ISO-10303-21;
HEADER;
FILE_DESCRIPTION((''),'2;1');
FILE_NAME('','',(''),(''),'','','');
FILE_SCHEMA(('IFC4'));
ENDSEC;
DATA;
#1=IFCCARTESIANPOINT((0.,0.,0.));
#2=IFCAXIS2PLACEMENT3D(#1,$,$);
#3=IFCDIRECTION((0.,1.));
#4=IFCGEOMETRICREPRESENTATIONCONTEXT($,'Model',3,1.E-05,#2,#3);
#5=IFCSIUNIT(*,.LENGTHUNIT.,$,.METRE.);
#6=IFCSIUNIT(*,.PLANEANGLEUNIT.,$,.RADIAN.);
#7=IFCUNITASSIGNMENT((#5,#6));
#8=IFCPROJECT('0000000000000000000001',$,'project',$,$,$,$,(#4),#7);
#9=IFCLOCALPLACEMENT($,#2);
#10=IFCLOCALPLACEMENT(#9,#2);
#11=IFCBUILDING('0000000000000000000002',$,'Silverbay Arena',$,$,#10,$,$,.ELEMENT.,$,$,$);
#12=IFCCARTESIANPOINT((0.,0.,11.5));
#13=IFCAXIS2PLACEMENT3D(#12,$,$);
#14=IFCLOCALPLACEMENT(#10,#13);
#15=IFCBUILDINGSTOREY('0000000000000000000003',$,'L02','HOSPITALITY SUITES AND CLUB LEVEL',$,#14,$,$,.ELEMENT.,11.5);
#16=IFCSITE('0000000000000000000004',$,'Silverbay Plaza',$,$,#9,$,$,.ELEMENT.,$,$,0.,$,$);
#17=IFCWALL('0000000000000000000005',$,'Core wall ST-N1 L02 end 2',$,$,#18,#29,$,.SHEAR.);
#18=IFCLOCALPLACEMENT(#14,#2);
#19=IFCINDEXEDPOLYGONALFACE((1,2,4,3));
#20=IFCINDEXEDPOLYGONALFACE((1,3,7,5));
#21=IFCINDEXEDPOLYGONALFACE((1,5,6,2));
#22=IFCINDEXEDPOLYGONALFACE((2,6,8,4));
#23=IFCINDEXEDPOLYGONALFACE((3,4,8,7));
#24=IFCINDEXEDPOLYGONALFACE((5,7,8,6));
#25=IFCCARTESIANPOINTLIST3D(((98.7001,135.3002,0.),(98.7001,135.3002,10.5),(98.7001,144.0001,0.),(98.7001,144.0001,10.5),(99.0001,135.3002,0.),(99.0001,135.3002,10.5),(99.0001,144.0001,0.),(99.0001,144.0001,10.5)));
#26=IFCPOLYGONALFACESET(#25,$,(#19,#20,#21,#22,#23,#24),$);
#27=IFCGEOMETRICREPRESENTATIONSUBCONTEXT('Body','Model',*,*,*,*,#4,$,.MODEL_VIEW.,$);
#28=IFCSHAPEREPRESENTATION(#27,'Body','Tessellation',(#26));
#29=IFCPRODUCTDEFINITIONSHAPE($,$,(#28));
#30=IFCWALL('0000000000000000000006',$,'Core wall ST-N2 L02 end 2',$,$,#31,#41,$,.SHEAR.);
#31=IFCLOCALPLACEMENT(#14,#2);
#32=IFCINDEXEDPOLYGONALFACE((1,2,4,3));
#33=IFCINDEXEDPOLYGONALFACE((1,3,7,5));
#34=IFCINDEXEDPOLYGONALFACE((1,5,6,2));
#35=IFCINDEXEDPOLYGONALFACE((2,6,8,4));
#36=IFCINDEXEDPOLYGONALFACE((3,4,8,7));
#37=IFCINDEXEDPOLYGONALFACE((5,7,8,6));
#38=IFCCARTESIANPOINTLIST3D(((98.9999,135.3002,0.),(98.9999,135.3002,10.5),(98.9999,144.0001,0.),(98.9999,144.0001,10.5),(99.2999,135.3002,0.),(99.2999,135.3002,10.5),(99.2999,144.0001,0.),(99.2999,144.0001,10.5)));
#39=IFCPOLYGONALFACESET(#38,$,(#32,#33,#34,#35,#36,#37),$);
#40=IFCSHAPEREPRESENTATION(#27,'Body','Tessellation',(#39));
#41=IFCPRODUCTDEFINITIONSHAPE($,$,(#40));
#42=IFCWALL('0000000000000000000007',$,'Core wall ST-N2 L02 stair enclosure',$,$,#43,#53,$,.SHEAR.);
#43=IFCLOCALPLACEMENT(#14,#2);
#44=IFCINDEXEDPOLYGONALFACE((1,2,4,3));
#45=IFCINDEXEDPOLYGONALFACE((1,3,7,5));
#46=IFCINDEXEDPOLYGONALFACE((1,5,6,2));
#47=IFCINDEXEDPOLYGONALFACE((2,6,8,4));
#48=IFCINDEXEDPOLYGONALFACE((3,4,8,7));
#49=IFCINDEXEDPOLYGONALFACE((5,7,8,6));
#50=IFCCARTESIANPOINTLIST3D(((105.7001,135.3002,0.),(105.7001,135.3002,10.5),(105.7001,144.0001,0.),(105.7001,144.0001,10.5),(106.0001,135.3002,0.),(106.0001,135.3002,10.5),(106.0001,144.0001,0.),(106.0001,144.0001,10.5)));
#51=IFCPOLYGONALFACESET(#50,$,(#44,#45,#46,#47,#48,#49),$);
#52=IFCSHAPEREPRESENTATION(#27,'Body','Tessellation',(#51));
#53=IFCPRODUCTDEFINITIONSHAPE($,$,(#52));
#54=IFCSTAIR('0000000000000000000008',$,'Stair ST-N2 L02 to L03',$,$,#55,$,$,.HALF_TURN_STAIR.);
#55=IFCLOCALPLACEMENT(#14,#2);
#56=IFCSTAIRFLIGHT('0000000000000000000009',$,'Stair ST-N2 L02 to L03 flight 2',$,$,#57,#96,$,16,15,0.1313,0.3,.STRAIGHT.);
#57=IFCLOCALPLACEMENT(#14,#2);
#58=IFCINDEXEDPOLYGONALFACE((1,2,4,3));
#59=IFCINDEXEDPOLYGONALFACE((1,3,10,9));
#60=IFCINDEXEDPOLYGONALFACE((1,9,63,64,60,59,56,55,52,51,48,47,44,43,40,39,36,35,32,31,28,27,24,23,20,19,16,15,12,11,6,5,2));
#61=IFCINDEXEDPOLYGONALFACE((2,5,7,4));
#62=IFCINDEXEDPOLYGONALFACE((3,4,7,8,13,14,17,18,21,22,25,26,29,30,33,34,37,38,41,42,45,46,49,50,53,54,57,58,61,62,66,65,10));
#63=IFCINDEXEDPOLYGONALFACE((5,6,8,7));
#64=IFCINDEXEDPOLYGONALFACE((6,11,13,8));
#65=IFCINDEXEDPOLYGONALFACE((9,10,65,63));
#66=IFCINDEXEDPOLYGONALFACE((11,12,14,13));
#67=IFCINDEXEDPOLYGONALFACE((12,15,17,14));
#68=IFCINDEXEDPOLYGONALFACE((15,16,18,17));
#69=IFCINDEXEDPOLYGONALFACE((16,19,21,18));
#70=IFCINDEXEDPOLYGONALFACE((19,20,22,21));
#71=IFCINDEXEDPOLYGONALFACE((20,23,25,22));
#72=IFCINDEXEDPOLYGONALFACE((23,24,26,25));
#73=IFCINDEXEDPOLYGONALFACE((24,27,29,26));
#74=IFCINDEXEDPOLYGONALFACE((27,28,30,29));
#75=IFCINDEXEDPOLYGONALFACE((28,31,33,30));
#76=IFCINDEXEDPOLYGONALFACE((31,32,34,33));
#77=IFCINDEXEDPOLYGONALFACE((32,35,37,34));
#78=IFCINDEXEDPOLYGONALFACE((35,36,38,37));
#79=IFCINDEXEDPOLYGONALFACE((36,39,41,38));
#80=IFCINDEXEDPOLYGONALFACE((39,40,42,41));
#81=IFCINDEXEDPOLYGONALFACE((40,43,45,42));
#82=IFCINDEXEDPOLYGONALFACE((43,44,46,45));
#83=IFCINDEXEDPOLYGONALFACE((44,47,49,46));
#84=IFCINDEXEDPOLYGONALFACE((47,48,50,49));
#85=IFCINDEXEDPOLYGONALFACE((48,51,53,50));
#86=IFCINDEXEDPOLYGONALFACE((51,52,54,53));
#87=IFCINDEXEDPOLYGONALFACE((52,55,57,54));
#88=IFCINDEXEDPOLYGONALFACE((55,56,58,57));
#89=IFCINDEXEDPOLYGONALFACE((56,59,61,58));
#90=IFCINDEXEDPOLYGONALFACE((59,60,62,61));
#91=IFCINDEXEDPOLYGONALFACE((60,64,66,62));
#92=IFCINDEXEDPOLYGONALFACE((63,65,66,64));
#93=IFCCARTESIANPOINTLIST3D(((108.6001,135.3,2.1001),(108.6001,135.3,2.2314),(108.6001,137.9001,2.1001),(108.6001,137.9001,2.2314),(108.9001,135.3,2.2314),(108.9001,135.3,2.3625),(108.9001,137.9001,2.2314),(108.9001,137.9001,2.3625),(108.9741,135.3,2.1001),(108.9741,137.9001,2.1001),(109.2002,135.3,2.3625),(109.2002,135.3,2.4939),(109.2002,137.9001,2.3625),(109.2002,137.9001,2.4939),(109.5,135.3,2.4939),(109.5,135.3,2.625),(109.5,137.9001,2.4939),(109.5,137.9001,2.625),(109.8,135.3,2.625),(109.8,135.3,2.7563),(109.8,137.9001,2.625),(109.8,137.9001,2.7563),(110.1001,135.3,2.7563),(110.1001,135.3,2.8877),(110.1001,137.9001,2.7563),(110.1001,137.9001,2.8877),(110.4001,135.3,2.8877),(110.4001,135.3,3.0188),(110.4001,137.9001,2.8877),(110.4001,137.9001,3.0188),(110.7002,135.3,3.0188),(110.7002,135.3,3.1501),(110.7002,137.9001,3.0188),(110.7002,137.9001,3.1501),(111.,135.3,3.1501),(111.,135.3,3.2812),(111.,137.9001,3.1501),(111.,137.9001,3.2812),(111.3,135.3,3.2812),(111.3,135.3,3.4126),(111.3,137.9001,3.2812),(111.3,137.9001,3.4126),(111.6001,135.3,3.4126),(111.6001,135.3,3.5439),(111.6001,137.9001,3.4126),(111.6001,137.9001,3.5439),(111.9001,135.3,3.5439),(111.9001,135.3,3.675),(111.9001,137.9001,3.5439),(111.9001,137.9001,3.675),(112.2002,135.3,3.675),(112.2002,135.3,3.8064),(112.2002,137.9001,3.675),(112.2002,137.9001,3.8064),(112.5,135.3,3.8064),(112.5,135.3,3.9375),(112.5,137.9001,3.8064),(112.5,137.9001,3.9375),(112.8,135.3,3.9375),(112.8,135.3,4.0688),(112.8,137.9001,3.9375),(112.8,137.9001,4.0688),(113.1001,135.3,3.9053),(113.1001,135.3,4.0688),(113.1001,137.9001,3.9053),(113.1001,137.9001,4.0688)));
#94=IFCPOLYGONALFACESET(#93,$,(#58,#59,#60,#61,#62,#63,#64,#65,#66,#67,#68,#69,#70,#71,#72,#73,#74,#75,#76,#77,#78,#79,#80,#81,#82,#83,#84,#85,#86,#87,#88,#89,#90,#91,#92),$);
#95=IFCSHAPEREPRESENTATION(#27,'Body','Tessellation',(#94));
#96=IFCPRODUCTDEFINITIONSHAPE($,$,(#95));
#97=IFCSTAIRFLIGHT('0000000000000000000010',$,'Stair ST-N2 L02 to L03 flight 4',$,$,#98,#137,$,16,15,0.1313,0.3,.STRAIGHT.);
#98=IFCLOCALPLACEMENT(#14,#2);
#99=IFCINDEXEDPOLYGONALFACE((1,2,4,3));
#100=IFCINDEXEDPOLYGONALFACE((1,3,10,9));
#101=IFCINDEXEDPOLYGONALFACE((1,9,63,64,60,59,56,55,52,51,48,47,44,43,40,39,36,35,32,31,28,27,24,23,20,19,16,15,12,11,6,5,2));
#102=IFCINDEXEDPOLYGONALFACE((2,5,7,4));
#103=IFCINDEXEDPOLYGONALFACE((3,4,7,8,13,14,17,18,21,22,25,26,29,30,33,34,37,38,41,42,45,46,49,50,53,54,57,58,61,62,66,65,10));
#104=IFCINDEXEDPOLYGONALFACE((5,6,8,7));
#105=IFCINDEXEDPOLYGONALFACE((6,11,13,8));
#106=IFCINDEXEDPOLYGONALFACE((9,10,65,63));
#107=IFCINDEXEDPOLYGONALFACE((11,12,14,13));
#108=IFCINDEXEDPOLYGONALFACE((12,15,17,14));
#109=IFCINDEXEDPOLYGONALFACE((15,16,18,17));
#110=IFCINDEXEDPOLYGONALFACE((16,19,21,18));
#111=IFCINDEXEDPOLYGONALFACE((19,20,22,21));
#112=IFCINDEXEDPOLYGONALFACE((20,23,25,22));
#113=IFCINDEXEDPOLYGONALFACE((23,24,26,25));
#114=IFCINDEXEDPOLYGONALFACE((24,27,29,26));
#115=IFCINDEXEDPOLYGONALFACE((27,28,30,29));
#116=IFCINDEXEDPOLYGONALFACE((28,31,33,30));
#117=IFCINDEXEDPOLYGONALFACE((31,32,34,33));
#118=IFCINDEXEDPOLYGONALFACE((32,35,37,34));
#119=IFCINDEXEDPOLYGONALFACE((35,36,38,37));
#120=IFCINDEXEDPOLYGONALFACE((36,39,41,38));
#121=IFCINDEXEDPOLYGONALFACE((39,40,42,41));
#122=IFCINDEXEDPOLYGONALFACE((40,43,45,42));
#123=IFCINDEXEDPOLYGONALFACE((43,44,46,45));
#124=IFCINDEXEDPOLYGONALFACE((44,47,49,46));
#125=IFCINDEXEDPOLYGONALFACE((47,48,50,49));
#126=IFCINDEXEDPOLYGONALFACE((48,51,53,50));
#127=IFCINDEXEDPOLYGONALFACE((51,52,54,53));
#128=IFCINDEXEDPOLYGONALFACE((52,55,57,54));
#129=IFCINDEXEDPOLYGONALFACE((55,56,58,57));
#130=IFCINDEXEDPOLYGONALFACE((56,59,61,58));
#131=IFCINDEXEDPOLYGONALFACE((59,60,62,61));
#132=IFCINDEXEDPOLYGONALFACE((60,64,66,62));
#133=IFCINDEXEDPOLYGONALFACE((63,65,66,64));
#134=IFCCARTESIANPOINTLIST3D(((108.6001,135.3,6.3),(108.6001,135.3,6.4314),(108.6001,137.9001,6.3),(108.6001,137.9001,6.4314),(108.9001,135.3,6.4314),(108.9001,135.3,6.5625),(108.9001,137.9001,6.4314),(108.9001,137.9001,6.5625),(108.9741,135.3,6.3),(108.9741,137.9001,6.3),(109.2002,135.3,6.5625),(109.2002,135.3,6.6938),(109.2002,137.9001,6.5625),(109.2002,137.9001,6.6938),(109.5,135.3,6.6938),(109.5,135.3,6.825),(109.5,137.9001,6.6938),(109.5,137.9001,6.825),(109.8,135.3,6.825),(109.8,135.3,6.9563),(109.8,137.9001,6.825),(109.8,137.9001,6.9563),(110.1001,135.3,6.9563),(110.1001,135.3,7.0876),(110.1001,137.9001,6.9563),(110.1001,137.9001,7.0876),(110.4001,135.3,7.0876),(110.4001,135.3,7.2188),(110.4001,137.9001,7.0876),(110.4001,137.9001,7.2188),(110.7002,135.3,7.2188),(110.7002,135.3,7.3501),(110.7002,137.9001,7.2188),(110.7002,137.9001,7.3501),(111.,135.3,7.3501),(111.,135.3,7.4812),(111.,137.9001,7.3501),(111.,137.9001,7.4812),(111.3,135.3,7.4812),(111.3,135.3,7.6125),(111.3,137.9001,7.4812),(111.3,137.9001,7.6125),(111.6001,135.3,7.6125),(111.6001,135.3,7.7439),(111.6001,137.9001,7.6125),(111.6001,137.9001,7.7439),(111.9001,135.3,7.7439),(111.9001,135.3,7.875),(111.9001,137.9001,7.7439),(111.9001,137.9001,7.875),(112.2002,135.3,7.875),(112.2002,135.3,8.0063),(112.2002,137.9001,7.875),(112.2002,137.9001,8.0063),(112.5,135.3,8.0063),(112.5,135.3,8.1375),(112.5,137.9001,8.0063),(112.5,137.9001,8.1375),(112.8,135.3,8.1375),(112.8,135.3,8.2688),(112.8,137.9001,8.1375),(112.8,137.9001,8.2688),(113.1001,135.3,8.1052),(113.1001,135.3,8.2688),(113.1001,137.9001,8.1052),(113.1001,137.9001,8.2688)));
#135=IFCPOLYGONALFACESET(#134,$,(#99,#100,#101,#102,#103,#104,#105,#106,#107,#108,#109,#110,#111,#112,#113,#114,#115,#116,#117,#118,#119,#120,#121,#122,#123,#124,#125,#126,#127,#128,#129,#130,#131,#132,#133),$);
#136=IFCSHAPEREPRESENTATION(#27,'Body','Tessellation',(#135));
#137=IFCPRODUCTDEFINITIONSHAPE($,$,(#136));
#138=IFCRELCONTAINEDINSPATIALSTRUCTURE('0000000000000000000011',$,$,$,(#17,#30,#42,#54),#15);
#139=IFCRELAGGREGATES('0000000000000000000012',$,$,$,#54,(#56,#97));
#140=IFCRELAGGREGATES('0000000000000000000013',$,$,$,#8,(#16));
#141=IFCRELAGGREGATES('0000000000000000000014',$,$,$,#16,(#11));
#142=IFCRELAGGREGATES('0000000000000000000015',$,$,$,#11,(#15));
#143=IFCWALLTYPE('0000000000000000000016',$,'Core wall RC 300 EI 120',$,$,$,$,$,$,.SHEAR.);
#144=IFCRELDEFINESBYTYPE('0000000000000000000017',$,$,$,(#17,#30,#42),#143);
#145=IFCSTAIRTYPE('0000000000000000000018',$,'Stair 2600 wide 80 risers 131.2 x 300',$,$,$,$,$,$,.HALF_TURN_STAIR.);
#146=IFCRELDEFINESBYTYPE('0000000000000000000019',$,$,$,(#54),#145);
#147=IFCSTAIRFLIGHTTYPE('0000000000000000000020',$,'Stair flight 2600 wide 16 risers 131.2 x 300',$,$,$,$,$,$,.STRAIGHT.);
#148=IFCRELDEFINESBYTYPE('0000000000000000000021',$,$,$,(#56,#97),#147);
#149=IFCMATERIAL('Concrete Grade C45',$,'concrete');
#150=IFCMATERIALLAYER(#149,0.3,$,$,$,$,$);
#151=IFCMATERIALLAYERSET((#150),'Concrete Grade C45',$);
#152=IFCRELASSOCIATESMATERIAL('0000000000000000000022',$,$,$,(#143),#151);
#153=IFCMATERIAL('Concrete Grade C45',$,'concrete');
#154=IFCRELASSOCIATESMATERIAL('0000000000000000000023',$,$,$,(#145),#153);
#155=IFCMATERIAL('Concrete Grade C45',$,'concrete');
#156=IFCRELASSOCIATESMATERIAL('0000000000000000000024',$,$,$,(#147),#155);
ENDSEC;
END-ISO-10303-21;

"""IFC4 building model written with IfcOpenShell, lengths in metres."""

from ifc_helpers import new_model, si_unit, direction, frame, frame_2d, origin, place, context, subcontext, project, spatial, polyline, rectangle, outline, extrude, material, layer, layer_set, type_object, element, aggregate, save


model = new_model("IFC4")

# Units and contexts
model_context = context("Model", 3, precision=1e-05, world=origin(), true_north=direction((0.0, 1.0)))
body_context = subcontext(model_context, "Body", "Model", "MODEL_VIEW")
ifc_project = project(units=[si_unit("LENGTHUNIT", "METRE"), si_unit("PLANEANGLEUNIT", "RADIAN")], contexts=[model_context])

# Site, building, storey
site_placement = place(None, origin())
site = spatial("IfcSite", under=ifc_project, at=site_placement, Name="Silverbay Plaza", CompositionType="ELEMENT", RefElevation=0.0)
building_placement = place(site_placement, origin())
building = spatial("IfcBuilding", under=site, at=building_placement, Name="Silverbay Arena", CompositionType="ELEMENT")
storey_placement = place(building_placement, frame((0.0, 0.0, 11.5)))
storey = spatial("IfcBuildingStorey", under=building, at=storey_placement, Name="L02", Description="HOSPITALITY SUITES AND CLUB LEVEL", CompositionType="ELEMENT", Elevation=11.5)

# Walls
ifc_material_1 = material(Name="Concrete Grade C45", Category="concrete")
ifc_layer = layer(ifc_material_1, 0.3)
ifc_layer_set = layer_set([ifc_layer], Name="Concrete Grade C45")
wall_type = type_object("IfcWallType", Name="Core wall RC 300 EI 120", PredefinedType="SHEAR", material=ifc_layer_set)
for number, where, z_axis, x_axis, name in (
    (1, (98.8501, 135.3, 0.0), (0.0, 0.0, 1.0), (0.0, 1.0, 0.0), "Core wall ST-N1 L02 end 2"),
    (2, (99.1499, 135.3, 0.0), (0.0, 0.0, 1.0), (0.0, 1.0, 0.0), "Core wall ST-N2 L02 end 2"),
    (3, (105.8501, 135.3, 0.0), (0.0, 0.0, 1.0), (0.0, 1.0, 0.0), "Core wall ST-N2 L02 stair enclosure"),
):
    element("IfcWall", number, at=place(storey_placement, frame(where, z_axis=z_axis, x_axis=x_axis)), inside=storey, type_object=wall_type, Name=name, PredefinedType="SHEAR", context=body_context, shape_type="SweptSolid", body=[
        extrude(rectangle(XDim=8.7, YDim=0.3, at=frame_2d((4.3501, 0.0))), origin(), (0.0, 0.0, 1.0), 10.5),
    ])

# Stair, stair flights
ifc_material_2 = material(Name="Concrete Grade C45", Category="concrete")
stair_type = type_object("IfcStairType", Name="Stair 2600 wide 80 risers 131.2 x 300", PredefinedType="HALF_TURN_STAIR", material=ifc_material_2)
stair_placement = place(storey_placement, origin())
stair = element("IfcStair", 4, at=stair_placement, inside=storey, type_object=stair_type, Name="Stair ST-N2 L02 to L03", PredefinedType="HALF_TURN_STAIR")
ifc_material_3 = material(Name="Concrete Grade C45", Category="concrete")
stair_flight_type = type_object("IfcStairFlightType", Name="Stair flight 2600 wide 16 risers 131.2 x 300", PredefinedType="STRAIGHT", material=ifc_material_3)
stair_flight_1_placement = place(storey_placement, frame((108.6001, 136.6001, 2.1001), z_axis=(0.0, 0.0, 1.0), x_axis=(1.0, 0.0, 0.0)))
stair_flight_1 = element("IfcStairFlight", 5, at=stair_flight_1_placement, type_object=stair_flight_type, Name="Stair ST-N2 L02 to L03 flight 2", NumberOfRisers=16, NumberOfTreads=15, PredefinedType="STRAIGHT", RiserHeight=0.1313, TreadLength=0.3, context=body_context, shape_type="SweptSolid", body=[
    extrude(outline(polyline([(0.0, 0.0), (0.0, 0.1313), (0.3, 0.1313), (0.3, 0.2625), (0.6001, 0.2625), (0.6001, 0.3938), (0.8999, 0.3938), (0.8999, 0.5249), (1.2, 0.5249), (1.2, 0.6562), (1.5, 0.6562), (1.5, 0.7876), (1.8, 0.7876), (1.8, 0.9187), (2.1001, 0.9187), (2.1001, 1.05), (2.3999, 1.05), (2.3999, 1.1812), (2.7, 1.1812), (2.7, 1.3125), (3.0, 1.3125), (3.0, 1.4438), (3.3, 1.4438), (3.3, 1.575), (3.6001, 1.575), (3.6001, 1.7063), (3.8999, 1.7063), (3.8999, 1.8374), (4.2, 1.8374), (4.2, 1.9688), (4.5, 1.9688), (4.5, 1.8052), (0.374, 0.0), (0.0, 0.0)])), frame((0.0, 1.3, 0.0), z_axis=(0.0, -1.0, 0.0), x_axis=(1.0, 0.0, 0.0)), (0.0, 0.0, 1.0), 2.6001),
])
stair_flight_2_placement = place(storey_placement, frame((108.6001, 136.6001, 6.3), z_axis=(0.0, 0.0, 1.0), x_axis=(1.0, 0.0, 0.0)))
stair_flight_2 = element("IfcStairFlight", 6, at=stair_flight_2_placement, type_object=stair_flight_type, Name="Stair ST-N2 L02 to L03 flight 4", NumberOfRisers=16, NumberOfTreads=15, PredefinedType="STRAIGHT", RiserHeight=0.1313, TreadLength=0.3, context=body_context, shape_type="SweptSolid", body=[
    extrude(outline(polyline([(0.0, 0.0), (0.0, 0.1313), (0.3, 0.1313), (0.3, 0.2625), (0.6001, 0.2625), (0.6001, 0.3938), (0.8999, 0.3938), (0.8999, 0.5249), (1.2, 0.5249), (1.2, 0.6562), (1.5, 0.6562), (1.5, 0.7876), (1.8, 0.7876), (1.8, 0.9187), (2.1001, 0.9187), (2.1001, 1.05), (2.3999, 1.05), (2.3999, 1.1812), (2.7, 1.1812), (2.7, 1.3125), (3.0, 1.3125), (3.0, 1.4438), (3.3, 1.4438), (3.3, 1.575), (3.6001, 1.575), (3.6001, 1.7063), (3.8999, 1.7063), (3.8999, 1.8374), (4.2, 1.8374), (4.2, 1.9688), (4.5, 1.9688), (4.5, 1.8052), (0.374, 0.0), (0.0, 0.0)])), frame((0.0, 1.3, 0.0), z_axis=(0.0, -1.0, 0.0), x_axis=(1.0, 0.0, 0.0)), (0.0, 0.0, 1.0), 2.6001),
])
aggregate(stair, [stair_flight_1, stair_flight_2])

save(model, "model.ifc")
